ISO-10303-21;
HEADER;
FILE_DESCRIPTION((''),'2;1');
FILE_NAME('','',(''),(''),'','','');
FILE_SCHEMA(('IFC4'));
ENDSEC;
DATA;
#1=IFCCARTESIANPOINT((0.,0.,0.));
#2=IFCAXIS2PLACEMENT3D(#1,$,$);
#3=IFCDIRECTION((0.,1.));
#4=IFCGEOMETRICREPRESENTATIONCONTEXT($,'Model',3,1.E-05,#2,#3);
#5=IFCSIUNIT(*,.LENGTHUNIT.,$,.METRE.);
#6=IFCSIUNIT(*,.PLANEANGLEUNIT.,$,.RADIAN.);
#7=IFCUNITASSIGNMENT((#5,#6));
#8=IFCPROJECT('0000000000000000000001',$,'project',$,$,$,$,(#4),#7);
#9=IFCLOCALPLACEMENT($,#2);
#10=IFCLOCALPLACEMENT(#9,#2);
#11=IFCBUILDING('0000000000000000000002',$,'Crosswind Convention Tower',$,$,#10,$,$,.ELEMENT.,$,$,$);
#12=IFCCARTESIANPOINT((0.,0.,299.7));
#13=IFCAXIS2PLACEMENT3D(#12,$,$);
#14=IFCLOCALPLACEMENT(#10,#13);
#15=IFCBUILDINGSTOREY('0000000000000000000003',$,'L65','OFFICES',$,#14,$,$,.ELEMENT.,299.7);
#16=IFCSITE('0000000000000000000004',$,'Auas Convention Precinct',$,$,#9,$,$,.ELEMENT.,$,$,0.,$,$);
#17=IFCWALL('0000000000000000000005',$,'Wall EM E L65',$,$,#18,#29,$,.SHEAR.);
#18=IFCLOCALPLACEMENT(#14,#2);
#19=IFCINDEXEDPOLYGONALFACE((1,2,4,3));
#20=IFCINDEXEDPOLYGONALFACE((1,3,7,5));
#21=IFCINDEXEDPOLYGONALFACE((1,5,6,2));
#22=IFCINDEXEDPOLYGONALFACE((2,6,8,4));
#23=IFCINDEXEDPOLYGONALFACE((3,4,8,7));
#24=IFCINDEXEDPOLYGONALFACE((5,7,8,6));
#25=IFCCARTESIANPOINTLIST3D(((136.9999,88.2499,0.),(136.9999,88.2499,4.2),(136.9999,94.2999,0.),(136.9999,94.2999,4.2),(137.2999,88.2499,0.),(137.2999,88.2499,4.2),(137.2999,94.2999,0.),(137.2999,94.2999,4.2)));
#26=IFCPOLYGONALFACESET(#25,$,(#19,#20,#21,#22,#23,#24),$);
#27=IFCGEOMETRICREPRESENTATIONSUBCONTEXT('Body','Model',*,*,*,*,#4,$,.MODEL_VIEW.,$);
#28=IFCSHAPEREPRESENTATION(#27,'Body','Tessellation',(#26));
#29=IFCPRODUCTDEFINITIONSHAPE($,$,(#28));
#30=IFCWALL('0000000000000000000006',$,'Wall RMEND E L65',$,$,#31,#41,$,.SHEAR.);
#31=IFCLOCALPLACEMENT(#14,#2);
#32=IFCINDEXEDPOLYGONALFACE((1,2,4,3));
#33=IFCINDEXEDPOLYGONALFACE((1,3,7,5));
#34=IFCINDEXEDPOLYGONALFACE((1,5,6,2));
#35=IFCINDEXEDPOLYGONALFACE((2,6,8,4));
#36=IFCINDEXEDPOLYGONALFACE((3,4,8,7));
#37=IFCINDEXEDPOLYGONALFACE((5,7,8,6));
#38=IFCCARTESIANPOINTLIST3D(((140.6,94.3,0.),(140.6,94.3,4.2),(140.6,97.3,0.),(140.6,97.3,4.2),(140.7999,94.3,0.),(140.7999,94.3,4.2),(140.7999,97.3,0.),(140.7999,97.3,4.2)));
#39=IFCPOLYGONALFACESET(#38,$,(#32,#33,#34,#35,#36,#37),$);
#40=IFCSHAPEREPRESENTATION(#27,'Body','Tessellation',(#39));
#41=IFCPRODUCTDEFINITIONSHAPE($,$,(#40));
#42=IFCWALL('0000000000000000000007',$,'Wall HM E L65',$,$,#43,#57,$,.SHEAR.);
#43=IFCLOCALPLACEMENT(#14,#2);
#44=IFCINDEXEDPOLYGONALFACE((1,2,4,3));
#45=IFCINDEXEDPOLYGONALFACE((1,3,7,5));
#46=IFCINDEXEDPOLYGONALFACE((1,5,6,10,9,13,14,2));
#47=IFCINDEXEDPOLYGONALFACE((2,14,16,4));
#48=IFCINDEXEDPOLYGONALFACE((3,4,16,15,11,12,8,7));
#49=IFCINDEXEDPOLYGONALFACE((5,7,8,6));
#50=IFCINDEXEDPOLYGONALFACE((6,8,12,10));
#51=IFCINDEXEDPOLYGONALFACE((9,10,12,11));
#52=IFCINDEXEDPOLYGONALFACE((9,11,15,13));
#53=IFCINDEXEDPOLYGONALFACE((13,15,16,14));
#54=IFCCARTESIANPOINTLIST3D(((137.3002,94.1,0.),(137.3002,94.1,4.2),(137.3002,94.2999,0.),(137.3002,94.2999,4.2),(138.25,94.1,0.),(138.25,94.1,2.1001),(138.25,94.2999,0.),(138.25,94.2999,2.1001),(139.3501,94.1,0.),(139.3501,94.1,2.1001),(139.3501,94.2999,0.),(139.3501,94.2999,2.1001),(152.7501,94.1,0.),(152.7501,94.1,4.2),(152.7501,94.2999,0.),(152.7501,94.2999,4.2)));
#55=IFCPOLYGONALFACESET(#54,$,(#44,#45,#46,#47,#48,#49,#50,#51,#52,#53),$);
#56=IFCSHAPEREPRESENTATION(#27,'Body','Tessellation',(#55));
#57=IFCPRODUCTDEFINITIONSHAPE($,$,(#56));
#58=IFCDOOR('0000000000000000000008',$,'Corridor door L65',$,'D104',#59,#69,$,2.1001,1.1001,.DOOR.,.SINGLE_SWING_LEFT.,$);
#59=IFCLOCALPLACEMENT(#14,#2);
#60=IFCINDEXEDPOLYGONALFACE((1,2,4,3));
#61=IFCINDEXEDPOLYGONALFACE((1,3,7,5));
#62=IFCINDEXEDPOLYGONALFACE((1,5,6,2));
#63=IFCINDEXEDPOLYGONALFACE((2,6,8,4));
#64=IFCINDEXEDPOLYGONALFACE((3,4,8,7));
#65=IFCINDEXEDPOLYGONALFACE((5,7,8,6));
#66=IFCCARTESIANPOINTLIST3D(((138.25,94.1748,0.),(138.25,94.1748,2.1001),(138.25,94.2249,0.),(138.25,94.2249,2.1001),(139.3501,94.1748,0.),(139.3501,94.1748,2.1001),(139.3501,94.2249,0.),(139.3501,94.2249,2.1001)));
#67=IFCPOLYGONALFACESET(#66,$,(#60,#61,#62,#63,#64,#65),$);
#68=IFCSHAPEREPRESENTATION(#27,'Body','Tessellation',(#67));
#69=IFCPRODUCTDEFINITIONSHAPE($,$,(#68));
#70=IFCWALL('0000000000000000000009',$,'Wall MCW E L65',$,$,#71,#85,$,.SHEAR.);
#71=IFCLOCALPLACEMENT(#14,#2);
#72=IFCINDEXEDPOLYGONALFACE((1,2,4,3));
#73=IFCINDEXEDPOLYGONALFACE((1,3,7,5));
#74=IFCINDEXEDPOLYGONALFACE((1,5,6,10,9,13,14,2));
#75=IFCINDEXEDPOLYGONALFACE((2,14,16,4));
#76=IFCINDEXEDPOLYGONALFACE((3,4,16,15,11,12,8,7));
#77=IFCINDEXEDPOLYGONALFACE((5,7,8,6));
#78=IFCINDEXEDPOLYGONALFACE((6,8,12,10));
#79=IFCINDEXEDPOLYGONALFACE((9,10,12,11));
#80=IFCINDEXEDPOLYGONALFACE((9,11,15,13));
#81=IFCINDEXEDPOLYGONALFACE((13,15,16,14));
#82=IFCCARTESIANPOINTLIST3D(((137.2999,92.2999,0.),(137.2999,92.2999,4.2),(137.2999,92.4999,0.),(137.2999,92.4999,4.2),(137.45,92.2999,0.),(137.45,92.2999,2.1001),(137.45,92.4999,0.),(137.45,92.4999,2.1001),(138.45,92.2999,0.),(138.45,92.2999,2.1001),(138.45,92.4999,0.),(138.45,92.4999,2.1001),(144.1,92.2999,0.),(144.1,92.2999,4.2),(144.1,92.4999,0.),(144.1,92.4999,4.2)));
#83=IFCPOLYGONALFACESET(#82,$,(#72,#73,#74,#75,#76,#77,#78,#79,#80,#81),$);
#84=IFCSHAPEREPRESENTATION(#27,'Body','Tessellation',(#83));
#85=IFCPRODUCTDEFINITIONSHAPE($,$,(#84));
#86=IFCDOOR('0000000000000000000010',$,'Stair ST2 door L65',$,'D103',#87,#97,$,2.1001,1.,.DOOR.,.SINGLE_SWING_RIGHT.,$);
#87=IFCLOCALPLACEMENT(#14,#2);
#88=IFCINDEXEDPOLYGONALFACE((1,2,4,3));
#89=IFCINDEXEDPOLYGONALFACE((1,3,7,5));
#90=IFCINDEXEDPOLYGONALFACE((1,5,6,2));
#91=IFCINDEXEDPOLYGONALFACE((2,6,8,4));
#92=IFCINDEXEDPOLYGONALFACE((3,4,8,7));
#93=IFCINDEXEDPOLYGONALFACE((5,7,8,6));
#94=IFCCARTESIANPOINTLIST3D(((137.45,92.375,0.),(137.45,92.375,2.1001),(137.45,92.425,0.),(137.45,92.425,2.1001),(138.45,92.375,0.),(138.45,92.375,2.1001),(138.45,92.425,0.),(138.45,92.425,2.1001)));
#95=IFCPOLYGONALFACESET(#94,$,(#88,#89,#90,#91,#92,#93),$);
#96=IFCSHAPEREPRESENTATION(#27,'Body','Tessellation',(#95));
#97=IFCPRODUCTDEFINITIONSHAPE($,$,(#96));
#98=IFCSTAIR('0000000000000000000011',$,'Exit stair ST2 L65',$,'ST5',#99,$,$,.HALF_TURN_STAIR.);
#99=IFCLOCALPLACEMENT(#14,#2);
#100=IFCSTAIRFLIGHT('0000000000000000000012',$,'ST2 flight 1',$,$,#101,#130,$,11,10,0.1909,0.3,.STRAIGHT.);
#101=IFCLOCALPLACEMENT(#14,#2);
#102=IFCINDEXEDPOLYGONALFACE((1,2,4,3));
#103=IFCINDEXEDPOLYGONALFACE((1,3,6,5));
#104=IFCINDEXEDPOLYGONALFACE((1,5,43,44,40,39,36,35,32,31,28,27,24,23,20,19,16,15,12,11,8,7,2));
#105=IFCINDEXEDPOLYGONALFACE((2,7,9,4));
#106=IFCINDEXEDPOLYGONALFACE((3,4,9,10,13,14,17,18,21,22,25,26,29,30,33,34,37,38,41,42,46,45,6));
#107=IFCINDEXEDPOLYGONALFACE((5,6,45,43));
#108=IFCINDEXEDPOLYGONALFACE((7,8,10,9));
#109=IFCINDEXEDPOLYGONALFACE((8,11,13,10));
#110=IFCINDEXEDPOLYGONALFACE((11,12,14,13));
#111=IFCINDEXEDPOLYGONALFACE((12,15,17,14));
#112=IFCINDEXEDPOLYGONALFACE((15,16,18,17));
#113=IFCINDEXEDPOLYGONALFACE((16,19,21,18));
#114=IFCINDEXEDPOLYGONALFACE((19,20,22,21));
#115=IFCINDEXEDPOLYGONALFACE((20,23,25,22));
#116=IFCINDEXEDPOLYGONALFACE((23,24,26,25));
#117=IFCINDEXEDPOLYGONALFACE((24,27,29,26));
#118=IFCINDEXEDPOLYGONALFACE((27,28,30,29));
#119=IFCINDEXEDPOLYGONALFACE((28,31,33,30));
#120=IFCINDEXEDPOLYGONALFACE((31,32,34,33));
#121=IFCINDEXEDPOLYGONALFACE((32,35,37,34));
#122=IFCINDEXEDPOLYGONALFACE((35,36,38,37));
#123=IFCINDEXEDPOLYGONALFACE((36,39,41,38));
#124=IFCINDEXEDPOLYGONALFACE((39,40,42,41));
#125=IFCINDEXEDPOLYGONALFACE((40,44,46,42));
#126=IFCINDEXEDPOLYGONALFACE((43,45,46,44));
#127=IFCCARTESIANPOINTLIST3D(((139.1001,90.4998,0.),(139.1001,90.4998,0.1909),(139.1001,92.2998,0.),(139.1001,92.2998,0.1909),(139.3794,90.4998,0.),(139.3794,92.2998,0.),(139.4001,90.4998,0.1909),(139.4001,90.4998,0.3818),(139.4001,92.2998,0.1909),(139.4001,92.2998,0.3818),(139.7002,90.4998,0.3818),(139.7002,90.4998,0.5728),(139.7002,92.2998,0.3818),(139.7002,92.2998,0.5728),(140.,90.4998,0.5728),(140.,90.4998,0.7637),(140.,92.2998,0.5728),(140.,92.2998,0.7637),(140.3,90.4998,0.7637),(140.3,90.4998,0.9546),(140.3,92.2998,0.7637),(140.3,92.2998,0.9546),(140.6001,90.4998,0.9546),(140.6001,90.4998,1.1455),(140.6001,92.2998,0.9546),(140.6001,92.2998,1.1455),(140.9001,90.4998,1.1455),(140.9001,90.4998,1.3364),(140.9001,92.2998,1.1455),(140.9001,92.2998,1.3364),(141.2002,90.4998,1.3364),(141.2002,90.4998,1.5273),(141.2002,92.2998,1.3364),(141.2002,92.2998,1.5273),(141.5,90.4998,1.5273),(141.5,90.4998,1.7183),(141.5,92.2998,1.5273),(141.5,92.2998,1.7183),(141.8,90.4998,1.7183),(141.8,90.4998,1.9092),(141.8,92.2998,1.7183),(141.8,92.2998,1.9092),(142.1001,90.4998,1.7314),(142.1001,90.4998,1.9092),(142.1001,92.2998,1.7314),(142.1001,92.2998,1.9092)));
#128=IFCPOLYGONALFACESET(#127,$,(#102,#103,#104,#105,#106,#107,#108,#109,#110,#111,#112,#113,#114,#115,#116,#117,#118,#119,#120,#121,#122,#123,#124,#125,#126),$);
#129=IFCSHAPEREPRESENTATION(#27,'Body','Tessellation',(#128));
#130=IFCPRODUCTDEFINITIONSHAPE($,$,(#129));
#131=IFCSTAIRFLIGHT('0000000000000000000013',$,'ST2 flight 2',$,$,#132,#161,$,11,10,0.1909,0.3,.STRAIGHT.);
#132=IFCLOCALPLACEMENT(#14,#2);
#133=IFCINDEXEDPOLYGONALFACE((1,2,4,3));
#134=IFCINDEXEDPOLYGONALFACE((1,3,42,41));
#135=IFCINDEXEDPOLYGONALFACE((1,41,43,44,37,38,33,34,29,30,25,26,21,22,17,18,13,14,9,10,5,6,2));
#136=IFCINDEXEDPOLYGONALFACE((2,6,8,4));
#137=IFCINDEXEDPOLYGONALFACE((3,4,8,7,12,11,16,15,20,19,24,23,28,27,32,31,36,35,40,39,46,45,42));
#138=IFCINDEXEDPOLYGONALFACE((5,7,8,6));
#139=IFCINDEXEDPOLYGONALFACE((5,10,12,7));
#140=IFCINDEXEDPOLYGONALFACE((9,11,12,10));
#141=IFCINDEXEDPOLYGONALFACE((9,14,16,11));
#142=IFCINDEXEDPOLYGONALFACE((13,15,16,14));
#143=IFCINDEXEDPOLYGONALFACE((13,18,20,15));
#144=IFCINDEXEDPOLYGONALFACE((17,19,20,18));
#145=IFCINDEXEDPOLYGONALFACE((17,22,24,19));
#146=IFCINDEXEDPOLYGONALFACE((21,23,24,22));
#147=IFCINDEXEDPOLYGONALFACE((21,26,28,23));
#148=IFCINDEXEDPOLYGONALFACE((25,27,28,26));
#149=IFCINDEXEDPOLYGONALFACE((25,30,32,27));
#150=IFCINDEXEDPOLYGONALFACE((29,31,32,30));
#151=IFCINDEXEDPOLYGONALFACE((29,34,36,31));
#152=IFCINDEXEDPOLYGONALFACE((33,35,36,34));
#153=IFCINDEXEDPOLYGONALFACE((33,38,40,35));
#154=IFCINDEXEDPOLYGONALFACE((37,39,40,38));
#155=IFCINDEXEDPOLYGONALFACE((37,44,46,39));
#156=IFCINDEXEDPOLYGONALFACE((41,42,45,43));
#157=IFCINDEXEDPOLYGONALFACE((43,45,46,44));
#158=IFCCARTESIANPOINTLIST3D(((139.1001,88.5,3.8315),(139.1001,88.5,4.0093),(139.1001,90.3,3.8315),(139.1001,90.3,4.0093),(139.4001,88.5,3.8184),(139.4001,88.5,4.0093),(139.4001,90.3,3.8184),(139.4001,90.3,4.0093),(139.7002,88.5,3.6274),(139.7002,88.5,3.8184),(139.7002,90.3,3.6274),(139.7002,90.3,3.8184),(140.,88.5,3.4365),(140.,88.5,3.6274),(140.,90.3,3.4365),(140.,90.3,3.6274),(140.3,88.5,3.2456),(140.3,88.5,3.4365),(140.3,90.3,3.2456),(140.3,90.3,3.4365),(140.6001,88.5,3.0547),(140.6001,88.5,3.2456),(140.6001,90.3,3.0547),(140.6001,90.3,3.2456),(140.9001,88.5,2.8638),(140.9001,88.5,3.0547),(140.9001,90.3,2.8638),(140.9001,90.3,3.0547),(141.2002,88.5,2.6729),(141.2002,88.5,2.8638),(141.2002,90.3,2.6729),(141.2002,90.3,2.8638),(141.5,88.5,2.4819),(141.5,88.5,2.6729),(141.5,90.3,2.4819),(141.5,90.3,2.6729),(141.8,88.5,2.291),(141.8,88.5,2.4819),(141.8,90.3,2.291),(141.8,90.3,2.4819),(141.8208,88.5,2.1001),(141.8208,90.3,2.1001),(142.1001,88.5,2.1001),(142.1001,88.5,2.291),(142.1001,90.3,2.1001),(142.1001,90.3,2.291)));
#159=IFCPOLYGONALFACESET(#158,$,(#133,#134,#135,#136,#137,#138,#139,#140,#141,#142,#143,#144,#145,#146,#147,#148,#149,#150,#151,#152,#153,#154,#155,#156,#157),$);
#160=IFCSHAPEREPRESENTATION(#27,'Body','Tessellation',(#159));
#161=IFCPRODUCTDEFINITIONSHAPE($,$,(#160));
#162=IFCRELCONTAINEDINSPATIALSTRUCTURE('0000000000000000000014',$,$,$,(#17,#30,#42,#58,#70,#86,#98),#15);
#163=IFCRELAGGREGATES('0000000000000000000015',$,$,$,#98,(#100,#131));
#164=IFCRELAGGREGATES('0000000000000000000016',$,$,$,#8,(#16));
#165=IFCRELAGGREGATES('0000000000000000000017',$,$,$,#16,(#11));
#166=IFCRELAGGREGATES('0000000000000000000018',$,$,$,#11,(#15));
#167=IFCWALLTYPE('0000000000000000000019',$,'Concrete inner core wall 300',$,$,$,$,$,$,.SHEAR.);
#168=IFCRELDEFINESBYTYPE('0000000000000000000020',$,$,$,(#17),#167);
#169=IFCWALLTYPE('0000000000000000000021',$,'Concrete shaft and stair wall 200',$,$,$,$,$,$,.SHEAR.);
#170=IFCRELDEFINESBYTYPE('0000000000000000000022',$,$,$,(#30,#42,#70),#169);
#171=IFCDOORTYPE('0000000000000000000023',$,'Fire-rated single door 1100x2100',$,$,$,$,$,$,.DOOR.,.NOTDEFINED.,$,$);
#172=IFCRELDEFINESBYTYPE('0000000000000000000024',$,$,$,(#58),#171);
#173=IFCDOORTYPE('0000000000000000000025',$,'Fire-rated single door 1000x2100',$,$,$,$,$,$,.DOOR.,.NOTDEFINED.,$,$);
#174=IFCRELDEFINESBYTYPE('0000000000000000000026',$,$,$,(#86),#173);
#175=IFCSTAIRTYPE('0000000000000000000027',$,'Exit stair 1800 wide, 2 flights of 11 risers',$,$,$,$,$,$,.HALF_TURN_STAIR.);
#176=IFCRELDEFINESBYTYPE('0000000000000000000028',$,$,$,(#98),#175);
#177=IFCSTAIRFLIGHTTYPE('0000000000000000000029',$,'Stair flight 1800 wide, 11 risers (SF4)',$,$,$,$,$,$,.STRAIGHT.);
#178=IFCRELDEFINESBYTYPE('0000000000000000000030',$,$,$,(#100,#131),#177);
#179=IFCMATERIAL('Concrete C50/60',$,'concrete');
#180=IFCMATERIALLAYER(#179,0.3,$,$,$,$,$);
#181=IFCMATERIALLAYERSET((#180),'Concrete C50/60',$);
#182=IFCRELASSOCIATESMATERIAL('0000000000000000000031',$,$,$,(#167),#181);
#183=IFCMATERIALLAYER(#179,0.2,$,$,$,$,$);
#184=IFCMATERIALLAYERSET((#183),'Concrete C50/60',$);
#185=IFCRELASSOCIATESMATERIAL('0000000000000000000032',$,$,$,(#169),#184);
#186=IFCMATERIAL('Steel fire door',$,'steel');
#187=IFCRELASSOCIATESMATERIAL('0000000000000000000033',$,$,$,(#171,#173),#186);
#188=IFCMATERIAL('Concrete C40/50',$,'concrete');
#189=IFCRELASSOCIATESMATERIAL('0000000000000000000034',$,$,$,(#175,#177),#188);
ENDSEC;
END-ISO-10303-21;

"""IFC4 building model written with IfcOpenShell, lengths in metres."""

from ifc_helpers import new_model, si_unit, direction, frame, frame_2d, origin, place, context, subcontext, project, spatial, polyline, rectangle, outline, extrude, material, layer, layer_set, type_object, element, fill, aggregate, save


model = new_model("IFC4")

# Units and contexts
model_context = context("Model", 3, precision=1e-05, world=origin(), true_north=direction((0.0, 1.0)))
body_context = subcontext(model_context, "Body", "Model", "MODEL_VIEW")
ifc_project = project(units=[si_unit("LENGTHUNIT", "METRE"), si_unit("PLANEANGLEUNIT", "RADIAN")], contexts=[model_context])

# Site, building, storey
site_placement = place(None, origin())
site = spatial("IfcSite", under=ifc_project, at=site_placement, Name="Auas Convention Precinct", CompositionType="ELEMENT", RefElevation=0.0)
building_placement = place(site_placement, origin())
building = spatial("IfcBuilding", under=site, at=building_placement, Name="Crosswind Convention Tower", CompositionType="ELEMENT")
storey_placement = place(building_placement, frame((0.0, 0.0, 299.7)))
storey = spatial("IfcBuildingStorey", under=building, at=storey_placement, Name="L65", Description="OFFICES", CompositionType="ELEMENT", Elevation=299.7)

# Shared definitions
ifc_material_1 = material(Name="Concrete C50/60", Category="concrete")
ifc_layer_1 = layer(ifc_material_1, 0.3)
ifc_layer_set_1 = layer_set([ifc_layer_1], Name="Concrete C50/60")
wall_type_1 = type_object("IfcWallType", Name="Concrete inner core wall 300", PredefinedType="SHEAR", material=ifc_layer_set_1)

# Walls
wall_1_placement = place(storey_placement, frame((137.1499, 88.25, 0.0), z_axis=(0.0, 0.0, 1.0), x_axis=(0.0, 1.0, 0.0)))
element("IfcWall", 1, at=wall_1_placement, inside=storey, type_object=wall_type_1, Name="Wall EM E L65", PredefinedType="SHEAR", context=body_context, shape_type="SweptSolid", body=[
    extrude(rectangle(XDim=6.05, YDim=0.3, at=frame_2d((3.0249, 0.0))), origin(), (0.0, 0.0, 1.0), 4.2),
])
ifc_layer_2 = layer(ifc_material_1, 0.2)
ifc_layer_set_2 = layer_set([ifc_layer_2], Name="Concrete C50/60")
wall_type_2 = type_object("IfcWallType", Name="Concrete shaft and stair wall 200", PredefinedType="SHEAR", material=ifc_layer_set_2)
wall_2_placement = place(storey_placement, frame((140.7, 94.3, 0.0), z_axis=(0.0, 0.0, 1.0), x_axis=(0.0, 1.0, 0.0)))
element("IfcWall", 2, at=wall_2_placement, inside=storey, type_object=wall_type_2, Name="Wall RMEND E L65", PredefinedType="SHEAR", context=body_context, shape_type="SweptSolid", body=[
    extrude(rectangle(XDim=3.0, YDim=0.2, at=frame_2d((1.5, 0.0))), origin(), (0.0, 0.0, 1.0), 4.2),
])

# Walls, openings, doors
wall_3_placement = place(storey_placement, frame((137.3, 94.2, 0.0), z_axis=(0.0, 0.0, 1.0), x_axis=(1.0, 0.0, 0.0)))
wall_3 = element("IfcWall", 3, at=wall_3_placement, inside=storey, type_object=wall_type_2, Name="Wall HM E L65", PredefinedType="SHEAR", context=body_context, shape_type="SweptSolid", body=[
    extrude(rectangle(XDim=15.45, YDim=0.2, at=frame_2d((7.7251, 0.0))), origin(), (0.0, 0.0, 1.0), 4.2),
])
opening_1_placement = place(wall_3_placement, frame((0.95, 0.0, 0.0)))
opening_1 = element("IfcOpeningElement", 4, at=opening_1_placement, cuts=wall_3, PredefinedType="OPENING", context=body_context, shape_type="SweptSolid", body=[
    extrude(rectangle(XDim=1.1001, YDim=2.1001, at=frame_2d((0.55, 1.05))), frame((0.0, 0.1099, 0.0), z_axis=(0.0, -1.0, 0.0), x_axis=(1.0, 0.0, 0.0)), (0.0, 0.0, 1.0), 0.22),
])
ifc_material_2 = material(Name="Steel fire door", Category="steel")
door_type_1 = type_object("IfcDoorType", Name="Fire-rated single door 1100x2100", OperationType="NOTDEFINED", PredefinedType="DOOR", material=ifc_material_2)
door_1_placement = place(opening_1_placement, origin())
door_1 = element("IfcDoor", 5, at=door_1_placement, inside=storey, type_object=door_type_1, Name="Corridor door L65", ObjectType="D104", OperationType="SINGLE_SWING_LEFT", OverallHeight=2.1001, OverallWidth=1.1001, PredefinedType="DOOR", context=body_context, shape_type="SweptSolid", body=[
    extrude(rectangle(XDim=1.1001, YDim=2.1001, at=frame_2d((0.55, 1.05))), frame((0.0, 0.0249, 0.0), z_axis=(0.0, -1.0, 0.0), x_axis=(1.0, 0.0, 0.0)), (0.0, 0.0, 1.0), 0.05),
])
fill(opening_1, door_1)
wall_4_placement = place(storey_placement, frame((137.3, 92.3999, 0.0), z_axis=(0.0, 0.0, 1.0), x_axis=(1.0, 0.0, 0.0)))
wall_4 = element("IfcWall", 6, at=wall_4_placement, inside=storey, type_object=wall_type_2, Name="Wall MCW E L65", PredefinedType="SHEAR", context=body_context, shape_type="SweptSolid", body=[
    extrude(rectangle(XDim=6.8, YDim=0.2, at=frame_2d((3.3999, 0.0))), origin(), (0.0, 0.0, 1.0), 4.2),
])
opening_2_placement = place(wall_4_placement, frame((0.1499, 0.0, 0.0)))
opening_2 = element("IfcOpeningElement", 7, at=opening_2_placement, cuts=wall_4, PredefinedType="OPENING", context=body_context, shape_type="SweptSolid", body=[
    extrude(rectangle(XDim=1.0, YDim=2.1001, at=frame_2d((0.5, 1.05))), frame((0.0, 0.1099, 0.0), z_axis=(0.0, -1.0, 0.0), x_axis=(1.0, 0.0, 0.0)), (0.0, 0.0, 1.0), 0.22),
])
door_type_2 = type_object("IfcDoorType", Name="Fire-rated single door 1000x2100", OperationType="NOTDEFINED", PredefinedType="DOOR", material=ifc_material_2)
door_2_placement = place(opening_2_placement, frame((1.0, 0.0, 0.0), z_axis=(0.0, 0.0, 1.0), x_axis=(-1.0, 0.0, 0.0)))
door_2 = element("IfcDoor", 8, at=door_2_placement, inside=storey, type_object=door_type_2, Name="Stair ST2 door L65", ObjectType="D103", OperationType="SINGLE_SWING_RIGHT", OverallHeight=2.1001, OverallWidth=1.0, PredefinedType="DOOR", context=body_context, shape_type="SweptSolid", body=[
    extrude(rectangle(XDim=1.0, YDim=2.1001, at=frame_2d((0.5, 1.05))), frame((0.0, 0.0249, 0.0), z_axis=(0.0, -1.0, 0.0), x_axis=(1.0, 0.0, 0.0)), (0.0, 0.0, 1.0), 0.05),
])
fill(opening_2, door_2)

# Stair, stair flights
ifc_material_3 = material(Name="Concrete C40/50", Category="concrete")
stair_type = type_object("IfcStairType", Name="Exit stair 1800 wide, 2 flights of 11 risers", PredefinedType="HALF_TURN_STAIR", material=ifc_material_3)
stair_placement = place(storey_placement, origin())
stair = element("IfcStair", 9, at=stair_placement, inside=storey, type_object=stair_type, Name="Exit stair ST2 L65", ObjectType="ST5", PredefinedType="HALF_TURN_STAIR")
stair_flight_type = type_object("IfcStairFlightType", Name="Stair flight 1800 wide, 11 risers (SF4)", PredefinedType="STRAIGHT", material=ifc_material_3)
stair_flight_1_placement = place(storey_placement, frame((139.1001, 91.3999, 0.0), z_axis=(0.0, 0.0, 1.0), x_axis=(1.0, 0.0, 0.0)))
stair_flight_1 = element("IfcStairFlight", 10, at=stair_flight_1_placement, type_object=stair_flight_type, Name="ST2 flight 1", NumberOfRisers=11, NumberOfTreads=10, PredefinedType="STRAIGHT", RiserHeight=0.1909, TreadLength=0.3, context=body_context, shape_type="SweptSolid", body=[
    extrude(outline(polyline([(0.0, 0.0), (0.0, 0.1909), (0.3, 0.1909), (0.3, 0.3818), (0.6001, 0.3818), (0.6001, 0.5728), (0.8999, 0.5728), (0.8999, 0.7637), (1.2, 0.7637), (1.2, 0.9546), (1.5, 0.9546), (1.5, 1.1455), (1.8, 1.1455), (1.8, 1.3364), (2.1001, 1.3364), (2.1001, 1.5273), (2.3999, 1.5273), (2.3999, 1.7183), (2.7, 1.7183), (2.7, 1.9092), (3.0, 1.9092), (3.0, 2.1001), (3.0, 1.7314), (0.2793, 0.0), (0.0, 0.0)])), frame((0.0, 0.8999, 0.0), z_axis=(0.0, -1.0, 0.0), x_axis=(1.0, 0.0, 0.0)), (0.0, 0.0, 1.0), 1.8),
])
stair_flight_2_placement = place(storey_placement, frame((142.1001, 89.3999, 2.1001), z_axis=(0.0, 0.0, 1.0), x_axis=(-1.0, 0.0, 0.0)))
stair_flight_2 = element("IfcStairFlight", 11, at=stair_flight_2_placement, type_object=stair_flight_type, Name="ST2 flight 2", NumberOfRisers=11, NumberOfTreads=10, PredefinedType="STRAIGHT", RiserHeight=0.1909, TreadLength=0.3, context=body_context, shape_type="SweptSolid", body=[
    extrude(outline(polyline([(0.0, 0.0), (0.0, 0.1909), (0.3, 0.1909), (0.3, 0.3818), (0.6001, 0.3818), (0.6001, 0.5728), (0.8999, 0.5728), (0.8999, 0.7637), (1.2, 0.7637), (1.2, 0.9546), (1.5, 0.9546), (1.5, 1.1455), (1.8, 1.1455), (1.8, 1.3364), (2.1001, 1.3364), (2.1001, 1.5273), (2.3999, 1.5273), (2.3999, 1.7183), (2.7, 1.7183), (2.7, 1.9092), (3.0, 1.9092), (3.0, 2.1001), (3.0, 1.7314), (0.2793, 0.0), (0.0, 0.0)])), frame((0.0, 0.8999, 0.0), z_axis=(0.0, -1.0, 0.0), x_axis=(1.0, 0.0, 0.0)), (0.0, 0.0, 1.0), 1.8),
])
aggregate(stair, [stair_flight_1, stair_flight_2])

save(model, "model.ifc")
